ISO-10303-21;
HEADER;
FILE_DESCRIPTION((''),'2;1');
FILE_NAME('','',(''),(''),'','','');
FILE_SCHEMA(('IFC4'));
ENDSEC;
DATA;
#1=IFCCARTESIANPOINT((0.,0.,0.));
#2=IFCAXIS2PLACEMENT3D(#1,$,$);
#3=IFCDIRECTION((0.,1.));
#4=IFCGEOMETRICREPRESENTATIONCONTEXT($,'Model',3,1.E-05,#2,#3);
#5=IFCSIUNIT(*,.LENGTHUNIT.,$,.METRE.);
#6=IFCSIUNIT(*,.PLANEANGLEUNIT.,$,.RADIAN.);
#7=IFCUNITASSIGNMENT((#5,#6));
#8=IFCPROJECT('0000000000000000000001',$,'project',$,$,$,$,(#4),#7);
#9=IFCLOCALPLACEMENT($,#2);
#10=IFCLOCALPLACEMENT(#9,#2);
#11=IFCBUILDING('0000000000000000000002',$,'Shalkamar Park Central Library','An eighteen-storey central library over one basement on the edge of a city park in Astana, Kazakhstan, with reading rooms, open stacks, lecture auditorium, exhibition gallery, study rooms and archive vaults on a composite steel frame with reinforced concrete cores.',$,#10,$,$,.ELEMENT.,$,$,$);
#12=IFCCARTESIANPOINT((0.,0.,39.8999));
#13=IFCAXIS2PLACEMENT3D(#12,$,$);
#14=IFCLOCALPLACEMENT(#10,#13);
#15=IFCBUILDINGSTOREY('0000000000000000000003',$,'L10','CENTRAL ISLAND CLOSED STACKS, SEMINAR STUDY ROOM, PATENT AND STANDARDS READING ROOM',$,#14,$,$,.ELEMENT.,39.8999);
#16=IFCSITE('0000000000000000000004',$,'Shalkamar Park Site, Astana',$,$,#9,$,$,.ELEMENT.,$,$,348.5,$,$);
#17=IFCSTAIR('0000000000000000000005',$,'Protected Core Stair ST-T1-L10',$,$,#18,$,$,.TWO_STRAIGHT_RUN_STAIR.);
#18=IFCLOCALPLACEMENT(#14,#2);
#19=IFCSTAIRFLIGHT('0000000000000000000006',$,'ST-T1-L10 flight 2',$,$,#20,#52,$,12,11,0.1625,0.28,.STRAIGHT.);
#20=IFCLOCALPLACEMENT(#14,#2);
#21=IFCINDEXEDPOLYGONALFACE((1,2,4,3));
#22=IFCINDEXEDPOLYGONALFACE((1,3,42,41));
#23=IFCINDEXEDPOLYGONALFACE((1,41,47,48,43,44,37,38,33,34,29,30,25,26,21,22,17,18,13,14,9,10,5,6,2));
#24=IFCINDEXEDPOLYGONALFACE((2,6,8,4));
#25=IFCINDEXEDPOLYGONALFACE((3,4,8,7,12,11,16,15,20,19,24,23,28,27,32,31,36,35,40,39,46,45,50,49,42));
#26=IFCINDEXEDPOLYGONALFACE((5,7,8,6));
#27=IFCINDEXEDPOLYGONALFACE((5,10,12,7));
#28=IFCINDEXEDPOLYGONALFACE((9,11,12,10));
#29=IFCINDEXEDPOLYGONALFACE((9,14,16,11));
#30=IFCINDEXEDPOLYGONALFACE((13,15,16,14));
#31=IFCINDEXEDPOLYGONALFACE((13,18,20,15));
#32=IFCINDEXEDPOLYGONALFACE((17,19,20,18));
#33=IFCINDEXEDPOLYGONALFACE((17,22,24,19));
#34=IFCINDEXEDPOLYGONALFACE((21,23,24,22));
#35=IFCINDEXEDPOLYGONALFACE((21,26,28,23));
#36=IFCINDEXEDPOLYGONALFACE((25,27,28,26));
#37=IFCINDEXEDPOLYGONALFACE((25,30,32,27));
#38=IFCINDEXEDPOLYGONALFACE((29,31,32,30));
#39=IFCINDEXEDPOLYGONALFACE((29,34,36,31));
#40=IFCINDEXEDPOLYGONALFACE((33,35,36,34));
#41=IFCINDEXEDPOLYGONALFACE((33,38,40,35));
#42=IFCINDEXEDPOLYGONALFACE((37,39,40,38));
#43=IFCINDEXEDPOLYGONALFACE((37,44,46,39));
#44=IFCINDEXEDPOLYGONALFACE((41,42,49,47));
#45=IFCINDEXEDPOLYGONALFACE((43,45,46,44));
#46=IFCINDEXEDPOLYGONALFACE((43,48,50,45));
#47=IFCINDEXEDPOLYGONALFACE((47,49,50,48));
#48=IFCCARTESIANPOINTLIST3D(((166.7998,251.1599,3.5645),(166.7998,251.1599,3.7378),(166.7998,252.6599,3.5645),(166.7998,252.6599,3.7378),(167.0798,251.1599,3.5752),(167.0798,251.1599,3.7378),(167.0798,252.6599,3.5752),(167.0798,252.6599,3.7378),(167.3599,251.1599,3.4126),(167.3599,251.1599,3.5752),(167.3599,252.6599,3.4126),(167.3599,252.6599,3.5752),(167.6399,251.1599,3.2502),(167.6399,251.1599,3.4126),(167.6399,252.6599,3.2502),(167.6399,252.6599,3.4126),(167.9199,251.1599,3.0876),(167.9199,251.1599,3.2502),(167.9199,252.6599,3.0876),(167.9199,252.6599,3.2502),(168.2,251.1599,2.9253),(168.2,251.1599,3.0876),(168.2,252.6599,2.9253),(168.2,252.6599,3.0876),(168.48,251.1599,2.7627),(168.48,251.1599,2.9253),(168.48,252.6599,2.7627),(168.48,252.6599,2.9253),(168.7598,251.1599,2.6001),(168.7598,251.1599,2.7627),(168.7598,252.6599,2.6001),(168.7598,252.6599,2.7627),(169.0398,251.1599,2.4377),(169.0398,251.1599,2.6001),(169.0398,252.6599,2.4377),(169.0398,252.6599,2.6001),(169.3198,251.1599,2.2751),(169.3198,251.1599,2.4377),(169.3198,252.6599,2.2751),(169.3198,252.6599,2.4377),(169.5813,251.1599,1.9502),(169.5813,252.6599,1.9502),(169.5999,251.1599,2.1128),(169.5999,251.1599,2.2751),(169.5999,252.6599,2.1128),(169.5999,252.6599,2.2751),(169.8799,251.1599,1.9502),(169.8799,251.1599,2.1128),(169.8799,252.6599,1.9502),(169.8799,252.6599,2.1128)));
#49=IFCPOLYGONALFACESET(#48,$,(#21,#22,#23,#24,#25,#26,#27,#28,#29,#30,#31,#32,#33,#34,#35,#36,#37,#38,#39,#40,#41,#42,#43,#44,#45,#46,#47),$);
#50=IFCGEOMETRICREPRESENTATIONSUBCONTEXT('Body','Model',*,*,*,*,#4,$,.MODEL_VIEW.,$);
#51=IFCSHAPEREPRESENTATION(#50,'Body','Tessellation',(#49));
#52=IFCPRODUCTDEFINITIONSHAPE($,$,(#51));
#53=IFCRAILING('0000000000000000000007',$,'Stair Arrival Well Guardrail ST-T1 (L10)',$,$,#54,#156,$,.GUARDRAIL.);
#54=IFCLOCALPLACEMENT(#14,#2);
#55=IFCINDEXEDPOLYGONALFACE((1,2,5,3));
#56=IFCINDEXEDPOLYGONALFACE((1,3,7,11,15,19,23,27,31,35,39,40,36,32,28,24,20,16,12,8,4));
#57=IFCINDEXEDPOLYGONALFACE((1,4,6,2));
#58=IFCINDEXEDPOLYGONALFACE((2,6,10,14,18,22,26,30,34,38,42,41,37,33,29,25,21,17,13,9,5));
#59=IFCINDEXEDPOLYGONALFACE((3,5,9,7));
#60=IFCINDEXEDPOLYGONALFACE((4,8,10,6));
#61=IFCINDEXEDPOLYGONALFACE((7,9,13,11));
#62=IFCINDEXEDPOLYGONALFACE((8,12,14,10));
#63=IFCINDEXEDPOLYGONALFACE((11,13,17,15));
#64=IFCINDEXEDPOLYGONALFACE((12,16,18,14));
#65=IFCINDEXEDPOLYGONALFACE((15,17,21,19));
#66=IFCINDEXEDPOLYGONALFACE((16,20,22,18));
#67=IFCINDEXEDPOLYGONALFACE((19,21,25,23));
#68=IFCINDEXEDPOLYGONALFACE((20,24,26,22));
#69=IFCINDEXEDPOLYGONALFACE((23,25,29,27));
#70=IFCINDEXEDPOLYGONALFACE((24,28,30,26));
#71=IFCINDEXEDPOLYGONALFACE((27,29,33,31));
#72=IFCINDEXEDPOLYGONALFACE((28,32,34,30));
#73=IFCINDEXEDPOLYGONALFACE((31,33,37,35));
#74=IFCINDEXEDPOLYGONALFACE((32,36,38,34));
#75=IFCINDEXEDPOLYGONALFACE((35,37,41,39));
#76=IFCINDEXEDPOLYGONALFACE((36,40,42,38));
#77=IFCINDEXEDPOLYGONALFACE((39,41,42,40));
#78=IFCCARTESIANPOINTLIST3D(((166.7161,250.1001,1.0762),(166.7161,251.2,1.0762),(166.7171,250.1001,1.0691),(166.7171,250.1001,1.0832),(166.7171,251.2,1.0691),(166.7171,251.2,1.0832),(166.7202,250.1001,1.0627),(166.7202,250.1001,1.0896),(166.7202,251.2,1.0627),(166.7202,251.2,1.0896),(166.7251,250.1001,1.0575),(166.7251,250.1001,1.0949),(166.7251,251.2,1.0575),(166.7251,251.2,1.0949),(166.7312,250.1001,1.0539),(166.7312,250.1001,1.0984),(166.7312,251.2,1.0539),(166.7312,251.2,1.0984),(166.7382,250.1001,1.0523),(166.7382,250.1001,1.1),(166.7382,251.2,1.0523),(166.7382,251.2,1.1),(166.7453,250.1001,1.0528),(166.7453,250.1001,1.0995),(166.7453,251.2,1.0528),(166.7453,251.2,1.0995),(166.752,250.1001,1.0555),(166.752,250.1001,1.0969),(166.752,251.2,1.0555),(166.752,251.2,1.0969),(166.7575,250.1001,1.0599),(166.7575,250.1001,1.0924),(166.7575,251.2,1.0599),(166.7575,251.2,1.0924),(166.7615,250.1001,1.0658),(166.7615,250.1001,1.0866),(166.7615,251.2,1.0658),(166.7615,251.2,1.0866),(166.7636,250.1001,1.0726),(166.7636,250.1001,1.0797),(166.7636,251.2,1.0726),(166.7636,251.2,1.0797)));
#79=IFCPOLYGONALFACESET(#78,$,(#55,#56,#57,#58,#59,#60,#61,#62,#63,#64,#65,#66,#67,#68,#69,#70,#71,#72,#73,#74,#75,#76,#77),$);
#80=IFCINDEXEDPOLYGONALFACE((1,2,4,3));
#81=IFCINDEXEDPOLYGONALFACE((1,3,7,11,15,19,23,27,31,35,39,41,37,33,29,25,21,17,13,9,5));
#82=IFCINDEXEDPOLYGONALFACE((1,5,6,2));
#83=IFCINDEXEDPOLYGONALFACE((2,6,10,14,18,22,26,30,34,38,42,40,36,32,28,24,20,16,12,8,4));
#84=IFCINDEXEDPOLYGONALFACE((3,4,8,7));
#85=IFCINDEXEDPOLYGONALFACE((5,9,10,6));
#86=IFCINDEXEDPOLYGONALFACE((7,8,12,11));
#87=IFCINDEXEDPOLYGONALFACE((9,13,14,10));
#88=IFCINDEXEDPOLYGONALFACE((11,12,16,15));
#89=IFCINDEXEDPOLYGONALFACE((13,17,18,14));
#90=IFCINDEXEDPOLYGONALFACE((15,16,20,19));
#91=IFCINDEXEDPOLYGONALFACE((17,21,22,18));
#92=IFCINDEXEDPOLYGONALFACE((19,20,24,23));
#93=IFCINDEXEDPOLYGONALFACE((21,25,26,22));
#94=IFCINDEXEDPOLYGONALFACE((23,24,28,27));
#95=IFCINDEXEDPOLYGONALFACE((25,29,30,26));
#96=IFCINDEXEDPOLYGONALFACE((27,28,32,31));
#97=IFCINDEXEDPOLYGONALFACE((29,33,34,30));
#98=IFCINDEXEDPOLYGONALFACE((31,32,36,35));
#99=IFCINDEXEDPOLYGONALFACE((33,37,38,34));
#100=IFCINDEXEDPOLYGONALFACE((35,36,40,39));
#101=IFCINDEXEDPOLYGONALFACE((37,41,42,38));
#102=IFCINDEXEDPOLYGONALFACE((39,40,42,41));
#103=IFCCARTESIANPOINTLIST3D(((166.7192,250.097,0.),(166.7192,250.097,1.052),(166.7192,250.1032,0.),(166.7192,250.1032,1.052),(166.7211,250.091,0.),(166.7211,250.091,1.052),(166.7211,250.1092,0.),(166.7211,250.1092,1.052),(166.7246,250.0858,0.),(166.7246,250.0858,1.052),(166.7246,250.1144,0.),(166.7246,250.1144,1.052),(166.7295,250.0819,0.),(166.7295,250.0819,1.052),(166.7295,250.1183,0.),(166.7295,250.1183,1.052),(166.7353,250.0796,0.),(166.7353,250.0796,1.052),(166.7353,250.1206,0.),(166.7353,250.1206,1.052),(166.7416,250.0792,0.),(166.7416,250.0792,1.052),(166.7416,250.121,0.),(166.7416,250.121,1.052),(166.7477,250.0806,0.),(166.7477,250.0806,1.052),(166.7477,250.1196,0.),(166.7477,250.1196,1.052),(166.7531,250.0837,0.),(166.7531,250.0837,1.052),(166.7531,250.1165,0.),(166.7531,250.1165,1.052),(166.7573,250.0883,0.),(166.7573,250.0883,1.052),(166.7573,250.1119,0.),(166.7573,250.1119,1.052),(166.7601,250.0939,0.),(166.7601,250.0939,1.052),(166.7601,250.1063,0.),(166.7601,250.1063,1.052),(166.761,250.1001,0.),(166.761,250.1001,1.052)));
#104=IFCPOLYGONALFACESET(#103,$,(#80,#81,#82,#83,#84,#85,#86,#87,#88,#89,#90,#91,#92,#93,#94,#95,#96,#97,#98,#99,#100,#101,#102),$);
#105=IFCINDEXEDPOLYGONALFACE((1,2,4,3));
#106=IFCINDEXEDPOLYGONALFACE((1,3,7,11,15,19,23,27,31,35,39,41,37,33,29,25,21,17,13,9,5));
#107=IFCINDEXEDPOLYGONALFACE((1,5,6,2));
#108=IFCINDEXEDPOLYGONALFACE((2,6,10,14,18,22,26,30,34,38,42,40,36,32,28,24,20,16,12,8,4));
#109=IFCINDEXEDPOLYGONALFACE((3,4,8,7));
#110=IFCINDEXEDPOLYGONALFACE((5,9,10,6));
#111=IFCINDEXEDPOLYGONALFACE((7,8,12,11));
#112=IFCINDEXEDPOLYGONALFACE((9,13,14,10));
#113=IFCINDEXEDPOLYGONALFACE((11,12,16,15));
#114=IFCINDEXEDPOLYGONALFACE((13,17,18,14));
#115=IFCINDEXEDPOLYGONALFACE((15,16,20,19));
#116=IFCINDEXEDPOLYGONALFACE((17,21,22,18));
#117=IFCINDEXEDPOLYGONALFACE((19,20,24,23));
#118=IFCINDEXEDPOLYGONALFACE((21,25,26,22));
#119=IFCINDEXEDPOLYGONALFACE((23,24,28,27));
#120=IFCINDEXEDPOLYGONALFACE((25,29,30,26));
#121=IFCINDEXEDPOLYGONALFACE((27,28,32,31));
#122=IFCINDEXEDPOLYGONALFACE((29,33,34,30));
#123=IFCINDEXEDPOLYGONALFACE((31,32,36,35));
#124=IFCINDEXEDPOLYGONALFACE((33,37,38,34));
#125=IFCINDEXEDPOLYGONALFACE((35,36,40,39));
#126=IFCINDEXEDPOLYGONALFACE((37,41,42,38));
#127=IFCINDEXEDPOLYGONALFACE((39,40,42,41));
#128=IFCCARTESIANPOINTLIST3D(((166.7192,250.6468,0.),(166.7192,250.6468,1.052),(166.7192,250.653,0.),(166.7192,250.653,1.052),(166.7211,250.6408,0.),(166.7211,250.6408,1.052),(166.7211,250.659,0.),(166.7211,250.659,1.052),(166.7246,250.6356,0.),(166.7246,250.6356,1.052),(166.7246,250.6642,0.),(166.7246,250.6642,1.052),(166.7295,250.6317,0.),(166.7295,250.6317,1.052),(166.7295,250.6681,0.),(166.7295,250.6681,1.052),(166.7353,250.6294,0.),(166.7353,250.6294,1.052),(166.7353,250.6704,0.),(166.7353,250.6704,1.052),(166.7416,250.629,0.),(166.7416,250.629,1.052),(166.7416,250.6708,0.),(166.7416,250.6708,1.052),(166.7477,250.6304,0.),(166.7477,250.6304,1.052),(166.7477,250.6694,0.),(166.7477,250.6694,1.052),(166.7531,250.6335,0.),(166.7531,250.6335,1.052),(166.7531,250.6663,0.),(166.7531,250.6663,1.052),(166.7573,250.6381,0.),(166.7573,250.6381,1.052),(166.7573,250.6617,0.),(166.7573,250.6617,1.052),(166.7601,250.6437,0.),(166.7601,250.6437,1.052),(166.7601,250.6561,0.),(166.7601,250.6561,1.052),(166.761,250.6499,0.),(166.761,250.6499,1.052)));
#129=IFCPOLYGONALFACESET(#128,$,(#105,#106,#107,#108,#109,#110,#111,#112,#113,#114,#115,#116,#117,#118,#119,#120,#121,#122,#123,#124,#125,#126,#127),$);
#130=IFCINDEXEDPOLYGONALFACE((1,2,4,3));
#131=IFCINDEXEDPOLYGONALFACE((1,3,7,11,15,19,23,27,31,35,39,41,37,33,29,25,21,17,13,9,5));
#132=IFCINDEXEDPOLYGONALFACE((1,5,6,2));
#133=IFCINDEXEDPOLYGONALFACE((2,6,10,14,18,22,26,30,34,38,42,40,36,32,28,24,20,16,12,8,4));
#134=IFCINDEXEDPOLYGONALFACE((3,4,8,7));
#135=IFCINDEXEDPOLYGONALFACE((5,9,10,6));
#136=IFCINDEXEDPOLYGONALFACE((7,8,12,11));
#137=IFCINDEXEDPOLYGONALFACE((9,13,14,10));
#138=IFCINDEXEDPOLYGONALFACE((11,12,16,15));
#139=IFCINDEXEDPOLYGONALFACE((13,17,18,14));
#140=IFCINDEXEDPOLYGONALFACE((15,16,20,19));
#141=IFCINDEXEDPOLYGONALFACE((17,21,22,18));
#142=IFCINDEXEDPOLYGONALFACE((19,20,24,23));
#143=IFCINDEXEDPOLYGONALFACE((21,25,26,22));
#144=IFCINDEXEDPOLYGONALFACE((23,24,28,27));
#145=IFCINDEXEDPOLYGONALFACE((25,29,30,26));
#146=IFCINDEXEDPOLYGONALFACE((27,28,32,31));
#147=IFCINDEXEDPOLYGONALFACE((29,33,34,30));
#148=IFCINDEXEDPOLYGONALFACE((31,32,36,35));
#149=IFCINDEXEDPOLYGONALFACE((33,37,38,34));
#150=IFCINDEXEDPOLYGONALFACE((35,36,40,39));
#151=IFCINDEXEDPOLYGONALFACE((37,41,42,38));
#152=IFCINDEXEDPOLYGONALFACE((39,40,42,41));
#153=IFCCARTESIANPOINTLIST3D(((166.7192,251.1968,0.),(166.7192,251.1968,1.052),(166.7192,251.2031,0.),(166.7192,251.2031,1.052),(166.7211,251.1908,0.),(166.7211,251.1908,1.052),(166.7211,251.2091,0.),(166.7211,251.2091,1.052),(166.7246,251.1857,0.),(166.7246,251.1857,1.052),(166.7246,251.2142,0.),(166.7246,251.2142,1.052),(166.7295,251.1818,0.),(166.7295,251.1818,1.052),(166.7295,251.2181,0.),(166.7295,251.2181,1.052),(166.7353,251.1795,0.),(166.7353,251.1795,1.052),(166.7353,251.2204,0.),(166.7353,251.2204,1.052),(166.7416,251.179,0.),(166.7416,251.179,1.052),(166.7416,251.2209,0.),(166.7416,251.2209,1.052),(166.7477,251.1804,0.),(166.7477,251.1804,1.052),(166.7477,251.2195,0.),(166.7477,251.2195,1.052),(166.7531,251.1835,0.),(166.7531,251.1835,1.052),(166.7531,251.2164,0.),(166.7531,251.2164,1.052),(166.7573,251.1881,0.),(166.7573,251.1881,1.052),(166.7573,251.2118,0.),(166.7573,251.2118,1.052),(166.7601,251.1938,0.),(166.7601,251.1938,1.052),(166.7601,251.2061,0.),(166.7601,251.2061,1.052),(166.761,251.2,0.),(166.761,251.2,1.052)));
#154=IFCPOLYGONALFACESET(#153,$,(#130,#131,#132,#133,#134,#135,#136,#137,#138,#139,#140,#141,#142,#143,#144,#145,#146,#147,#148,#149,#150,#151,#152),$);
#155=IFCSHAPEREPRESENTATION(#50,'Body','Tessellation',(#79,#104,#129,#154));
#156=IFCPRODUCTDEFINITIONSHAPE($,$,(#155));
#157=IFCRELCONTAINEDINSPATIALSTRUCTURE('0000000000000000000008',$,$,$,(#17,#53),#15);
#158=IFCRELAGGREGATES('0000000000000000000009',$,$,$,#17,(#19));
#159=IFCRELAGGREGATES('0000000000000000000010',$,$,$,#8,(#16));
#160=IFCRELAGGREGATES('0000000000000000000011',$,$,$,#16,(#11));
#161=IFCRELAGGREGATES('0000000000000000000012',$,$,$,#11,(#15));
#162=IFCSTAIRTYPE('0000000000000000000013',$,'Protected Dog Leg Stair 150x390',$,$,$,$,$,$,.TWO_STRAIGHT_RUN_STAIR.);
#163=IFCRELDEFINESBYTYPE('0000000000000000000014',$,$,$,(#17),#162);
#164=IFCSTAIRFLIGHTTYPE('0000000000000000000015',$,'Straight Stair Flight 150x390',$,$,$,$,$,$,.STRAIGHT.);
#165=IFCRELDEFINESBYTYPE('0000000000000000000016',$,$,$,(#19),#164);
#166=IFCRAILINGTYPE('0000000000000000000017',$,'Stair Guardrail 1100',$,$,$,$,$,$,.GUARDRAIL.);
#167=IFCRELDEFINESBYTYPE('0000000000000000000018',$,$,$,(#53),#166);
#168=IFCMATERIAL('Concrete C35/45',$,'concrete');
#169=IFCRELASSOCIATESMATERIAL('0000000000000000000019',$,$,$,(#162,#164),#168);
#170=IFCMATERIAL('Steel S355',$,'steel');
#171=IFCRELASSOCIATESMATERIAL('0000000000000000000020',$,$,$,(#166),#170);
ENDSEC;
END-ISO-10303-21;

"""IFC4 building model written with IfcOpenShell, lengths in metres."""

from ifc_helpers import new_model, si_unit, direction, frame, origin, origin_2d, place, context, subcontext, project, spatial, polyline, circle, outline, extrude, material, type_object, element, aggregate, save


model = new_model("IFC4")

# Units and contexts
model_context = context("Model", 3, precision=1e-05, world=origin(), true_north=direction((0.0, 1.0)))
body_context = subcontext(model_context, "Body", "Model", "MODEL_VIEW")
ifc_project = project(units=[si_unit("LENGTHUNIT", "METRE"), si_unit("PLANEANGLEUNIT", "RADIAN")], contexts=[model_context])

# Site, building, storey
site_placement = place(None, origin())
site = spatial("IfcSite", under=ifc_project, at=site_placement, Name="Shalkamar Park Site, Astana", CompositionType="ELEMENT", RefElevation=348.5)
building_placement = place(site_placement, origin())
building = spatial("IfcBuilding", under=site, at=building_placement, Name="Shalkamar Park Central Library", Description="An eighteen-storey central library over one basement on the edge of a city park in Astana, Kazakhstan, with reading rooms, open stacks, lecture auditorium, exhibition gallery, study rooms and archive vaults on a composite steel frame with reinforced concrete cores.", CompositionType="ELEMENT")
storey_placement = place(building_placement, frame((0.0, 0.0, 39.8999)))
storey = spatial("IfcBuildingStorey", under=building, at=storey_placement, Name="L10", Description="CENTRAL ISLAND CLOSED STACKS, SEMINAR STUDY ROOM, PATENT AND STANDARDS READING ROOM", CompositionType="ELEMENT", Elevation=39.8999)

# Shared definitions
ifc_material_1 = material(Name="Steel S355", Category="steel")

# Stair, stair flight
ifc_material_2 = material(Name="Concrete C35/45", Category="concrete")
stair_type = type_object("IfcStairType", Name="Protected Dog Leg Stair 150x390", PredefinedType="TWO_STRAIGHT_RUN_STAIR", material=ifc_material_2)
stair_placement = place(storey_placement, origin())
stair = element("IfcStair", 1, at=stair_placement, inside=storey, type_object=stair_type, Name="Protected Core Stair ST-T1-L10", PredefinedType="TWO_STRAIGHT_RUN_STAIR")
stair_flight_type = type_object("IfcStairFlightType", Name="Straight Stair Flight 150x390", PredefinedType="STRAIGHT", material=ifc_material_2)
stair_flight_1_placement = place(storey_placement, frame((169.8799, 251.9099, 1.9502), z_axis=(0.0, 0.0, 1.0), x_axis=(-1.0, 0.0, 0.0)))
stair_flight_1 = element("IfcStairFlight", 2, at=stair_flight_1_placement, type_object=stair_flight_type, Name="ST-T1-L10 flight 2", NumberOfRisers=12, NumberOfTreads=11, PredefinedType="STRAIGHT", RiserHeight=0.1625, TreadLength=0.28, context=body_context, shape_type="SweptSolid", body=[
    extrude(outline(polyline([(0.0, 0.0), (0.0, 0.1626), (0.28, 0.1626), (0.28, 0.325), (0.5601, 0.325), (0.5601, 0.4875), (0.8401, 0.4875), (0.8401, 0.6499), (1.1201, 0.6499), (1.1201, 0.8125), (1.3999, 0.8125), (1.3999, 0.9751), (1.6799, 0.9751), (1.6799, 1.1375), (1.96, 1.1375), (1.96, 1.3), (2.24, 1.3), (2.24, 1.4624), (2.52, 1.4624), (2.52, 1.625), (2.8, 1.625), (2.8, 1.7876), (3.0801, 1.7876), (3.0801, 1.95), (3.0801, 1.6143), (0.2986, 0.0), (0.0, 0.0)])), frame((0.0, 0.75, 0.0), z_axis=(0.0, -1.0, 0.0), x_axis=(1.0, 0.0, 0.0)), (0.0, 0.0, 1.0), 1.5),
])
aggregate(stair, [stair_flight_1])

# Railing
railing_type_1 = type_object("IfcRailingType", Name="Stair Guardrail 1100", PredefinedType="GUARDRAIL", material=ifc_material_1)
railing_1_placement = place(storey_placement, frame((166.74, 250.1001, 0.0)))
element("IfcRailing", 3, at=railing_1_placement, inside=storey, type_object=railing_type_1, Name="Stair Arrival Well Guardrail ST-T1 (L10)", PredefinedType="GUARDRAIL", context=body_context, shape_type="SweptSolid", body=[
    extrude(circle(Radius=0.0239, at=origin_2d()), frame((0.0, 0.0, 1.0762), z_axis=(0.0, 1.0, 0.0), x_axis=(-1.0, 0.0, 0.0)), (0.0, 0.0, 1.0), 1.0999),
    extrude(circle(Radius=0.021, at=origin_2d()), origin(), (0.0, 0.0, 1.0), 1.052),
    extrude(circle(Radius=0.021, at=origin_2d()), frame((0.0, 0.5498, 0.0)), (0.0, 0.0, 1.0), 1.052),
    extrude(circle(Radius=0.021, at=origin_2d()), frame((0.0, 1.0999, 0.0)), (0.0, 0.0, 1.0), 1.052),
])

save(model, "model.ifc")
